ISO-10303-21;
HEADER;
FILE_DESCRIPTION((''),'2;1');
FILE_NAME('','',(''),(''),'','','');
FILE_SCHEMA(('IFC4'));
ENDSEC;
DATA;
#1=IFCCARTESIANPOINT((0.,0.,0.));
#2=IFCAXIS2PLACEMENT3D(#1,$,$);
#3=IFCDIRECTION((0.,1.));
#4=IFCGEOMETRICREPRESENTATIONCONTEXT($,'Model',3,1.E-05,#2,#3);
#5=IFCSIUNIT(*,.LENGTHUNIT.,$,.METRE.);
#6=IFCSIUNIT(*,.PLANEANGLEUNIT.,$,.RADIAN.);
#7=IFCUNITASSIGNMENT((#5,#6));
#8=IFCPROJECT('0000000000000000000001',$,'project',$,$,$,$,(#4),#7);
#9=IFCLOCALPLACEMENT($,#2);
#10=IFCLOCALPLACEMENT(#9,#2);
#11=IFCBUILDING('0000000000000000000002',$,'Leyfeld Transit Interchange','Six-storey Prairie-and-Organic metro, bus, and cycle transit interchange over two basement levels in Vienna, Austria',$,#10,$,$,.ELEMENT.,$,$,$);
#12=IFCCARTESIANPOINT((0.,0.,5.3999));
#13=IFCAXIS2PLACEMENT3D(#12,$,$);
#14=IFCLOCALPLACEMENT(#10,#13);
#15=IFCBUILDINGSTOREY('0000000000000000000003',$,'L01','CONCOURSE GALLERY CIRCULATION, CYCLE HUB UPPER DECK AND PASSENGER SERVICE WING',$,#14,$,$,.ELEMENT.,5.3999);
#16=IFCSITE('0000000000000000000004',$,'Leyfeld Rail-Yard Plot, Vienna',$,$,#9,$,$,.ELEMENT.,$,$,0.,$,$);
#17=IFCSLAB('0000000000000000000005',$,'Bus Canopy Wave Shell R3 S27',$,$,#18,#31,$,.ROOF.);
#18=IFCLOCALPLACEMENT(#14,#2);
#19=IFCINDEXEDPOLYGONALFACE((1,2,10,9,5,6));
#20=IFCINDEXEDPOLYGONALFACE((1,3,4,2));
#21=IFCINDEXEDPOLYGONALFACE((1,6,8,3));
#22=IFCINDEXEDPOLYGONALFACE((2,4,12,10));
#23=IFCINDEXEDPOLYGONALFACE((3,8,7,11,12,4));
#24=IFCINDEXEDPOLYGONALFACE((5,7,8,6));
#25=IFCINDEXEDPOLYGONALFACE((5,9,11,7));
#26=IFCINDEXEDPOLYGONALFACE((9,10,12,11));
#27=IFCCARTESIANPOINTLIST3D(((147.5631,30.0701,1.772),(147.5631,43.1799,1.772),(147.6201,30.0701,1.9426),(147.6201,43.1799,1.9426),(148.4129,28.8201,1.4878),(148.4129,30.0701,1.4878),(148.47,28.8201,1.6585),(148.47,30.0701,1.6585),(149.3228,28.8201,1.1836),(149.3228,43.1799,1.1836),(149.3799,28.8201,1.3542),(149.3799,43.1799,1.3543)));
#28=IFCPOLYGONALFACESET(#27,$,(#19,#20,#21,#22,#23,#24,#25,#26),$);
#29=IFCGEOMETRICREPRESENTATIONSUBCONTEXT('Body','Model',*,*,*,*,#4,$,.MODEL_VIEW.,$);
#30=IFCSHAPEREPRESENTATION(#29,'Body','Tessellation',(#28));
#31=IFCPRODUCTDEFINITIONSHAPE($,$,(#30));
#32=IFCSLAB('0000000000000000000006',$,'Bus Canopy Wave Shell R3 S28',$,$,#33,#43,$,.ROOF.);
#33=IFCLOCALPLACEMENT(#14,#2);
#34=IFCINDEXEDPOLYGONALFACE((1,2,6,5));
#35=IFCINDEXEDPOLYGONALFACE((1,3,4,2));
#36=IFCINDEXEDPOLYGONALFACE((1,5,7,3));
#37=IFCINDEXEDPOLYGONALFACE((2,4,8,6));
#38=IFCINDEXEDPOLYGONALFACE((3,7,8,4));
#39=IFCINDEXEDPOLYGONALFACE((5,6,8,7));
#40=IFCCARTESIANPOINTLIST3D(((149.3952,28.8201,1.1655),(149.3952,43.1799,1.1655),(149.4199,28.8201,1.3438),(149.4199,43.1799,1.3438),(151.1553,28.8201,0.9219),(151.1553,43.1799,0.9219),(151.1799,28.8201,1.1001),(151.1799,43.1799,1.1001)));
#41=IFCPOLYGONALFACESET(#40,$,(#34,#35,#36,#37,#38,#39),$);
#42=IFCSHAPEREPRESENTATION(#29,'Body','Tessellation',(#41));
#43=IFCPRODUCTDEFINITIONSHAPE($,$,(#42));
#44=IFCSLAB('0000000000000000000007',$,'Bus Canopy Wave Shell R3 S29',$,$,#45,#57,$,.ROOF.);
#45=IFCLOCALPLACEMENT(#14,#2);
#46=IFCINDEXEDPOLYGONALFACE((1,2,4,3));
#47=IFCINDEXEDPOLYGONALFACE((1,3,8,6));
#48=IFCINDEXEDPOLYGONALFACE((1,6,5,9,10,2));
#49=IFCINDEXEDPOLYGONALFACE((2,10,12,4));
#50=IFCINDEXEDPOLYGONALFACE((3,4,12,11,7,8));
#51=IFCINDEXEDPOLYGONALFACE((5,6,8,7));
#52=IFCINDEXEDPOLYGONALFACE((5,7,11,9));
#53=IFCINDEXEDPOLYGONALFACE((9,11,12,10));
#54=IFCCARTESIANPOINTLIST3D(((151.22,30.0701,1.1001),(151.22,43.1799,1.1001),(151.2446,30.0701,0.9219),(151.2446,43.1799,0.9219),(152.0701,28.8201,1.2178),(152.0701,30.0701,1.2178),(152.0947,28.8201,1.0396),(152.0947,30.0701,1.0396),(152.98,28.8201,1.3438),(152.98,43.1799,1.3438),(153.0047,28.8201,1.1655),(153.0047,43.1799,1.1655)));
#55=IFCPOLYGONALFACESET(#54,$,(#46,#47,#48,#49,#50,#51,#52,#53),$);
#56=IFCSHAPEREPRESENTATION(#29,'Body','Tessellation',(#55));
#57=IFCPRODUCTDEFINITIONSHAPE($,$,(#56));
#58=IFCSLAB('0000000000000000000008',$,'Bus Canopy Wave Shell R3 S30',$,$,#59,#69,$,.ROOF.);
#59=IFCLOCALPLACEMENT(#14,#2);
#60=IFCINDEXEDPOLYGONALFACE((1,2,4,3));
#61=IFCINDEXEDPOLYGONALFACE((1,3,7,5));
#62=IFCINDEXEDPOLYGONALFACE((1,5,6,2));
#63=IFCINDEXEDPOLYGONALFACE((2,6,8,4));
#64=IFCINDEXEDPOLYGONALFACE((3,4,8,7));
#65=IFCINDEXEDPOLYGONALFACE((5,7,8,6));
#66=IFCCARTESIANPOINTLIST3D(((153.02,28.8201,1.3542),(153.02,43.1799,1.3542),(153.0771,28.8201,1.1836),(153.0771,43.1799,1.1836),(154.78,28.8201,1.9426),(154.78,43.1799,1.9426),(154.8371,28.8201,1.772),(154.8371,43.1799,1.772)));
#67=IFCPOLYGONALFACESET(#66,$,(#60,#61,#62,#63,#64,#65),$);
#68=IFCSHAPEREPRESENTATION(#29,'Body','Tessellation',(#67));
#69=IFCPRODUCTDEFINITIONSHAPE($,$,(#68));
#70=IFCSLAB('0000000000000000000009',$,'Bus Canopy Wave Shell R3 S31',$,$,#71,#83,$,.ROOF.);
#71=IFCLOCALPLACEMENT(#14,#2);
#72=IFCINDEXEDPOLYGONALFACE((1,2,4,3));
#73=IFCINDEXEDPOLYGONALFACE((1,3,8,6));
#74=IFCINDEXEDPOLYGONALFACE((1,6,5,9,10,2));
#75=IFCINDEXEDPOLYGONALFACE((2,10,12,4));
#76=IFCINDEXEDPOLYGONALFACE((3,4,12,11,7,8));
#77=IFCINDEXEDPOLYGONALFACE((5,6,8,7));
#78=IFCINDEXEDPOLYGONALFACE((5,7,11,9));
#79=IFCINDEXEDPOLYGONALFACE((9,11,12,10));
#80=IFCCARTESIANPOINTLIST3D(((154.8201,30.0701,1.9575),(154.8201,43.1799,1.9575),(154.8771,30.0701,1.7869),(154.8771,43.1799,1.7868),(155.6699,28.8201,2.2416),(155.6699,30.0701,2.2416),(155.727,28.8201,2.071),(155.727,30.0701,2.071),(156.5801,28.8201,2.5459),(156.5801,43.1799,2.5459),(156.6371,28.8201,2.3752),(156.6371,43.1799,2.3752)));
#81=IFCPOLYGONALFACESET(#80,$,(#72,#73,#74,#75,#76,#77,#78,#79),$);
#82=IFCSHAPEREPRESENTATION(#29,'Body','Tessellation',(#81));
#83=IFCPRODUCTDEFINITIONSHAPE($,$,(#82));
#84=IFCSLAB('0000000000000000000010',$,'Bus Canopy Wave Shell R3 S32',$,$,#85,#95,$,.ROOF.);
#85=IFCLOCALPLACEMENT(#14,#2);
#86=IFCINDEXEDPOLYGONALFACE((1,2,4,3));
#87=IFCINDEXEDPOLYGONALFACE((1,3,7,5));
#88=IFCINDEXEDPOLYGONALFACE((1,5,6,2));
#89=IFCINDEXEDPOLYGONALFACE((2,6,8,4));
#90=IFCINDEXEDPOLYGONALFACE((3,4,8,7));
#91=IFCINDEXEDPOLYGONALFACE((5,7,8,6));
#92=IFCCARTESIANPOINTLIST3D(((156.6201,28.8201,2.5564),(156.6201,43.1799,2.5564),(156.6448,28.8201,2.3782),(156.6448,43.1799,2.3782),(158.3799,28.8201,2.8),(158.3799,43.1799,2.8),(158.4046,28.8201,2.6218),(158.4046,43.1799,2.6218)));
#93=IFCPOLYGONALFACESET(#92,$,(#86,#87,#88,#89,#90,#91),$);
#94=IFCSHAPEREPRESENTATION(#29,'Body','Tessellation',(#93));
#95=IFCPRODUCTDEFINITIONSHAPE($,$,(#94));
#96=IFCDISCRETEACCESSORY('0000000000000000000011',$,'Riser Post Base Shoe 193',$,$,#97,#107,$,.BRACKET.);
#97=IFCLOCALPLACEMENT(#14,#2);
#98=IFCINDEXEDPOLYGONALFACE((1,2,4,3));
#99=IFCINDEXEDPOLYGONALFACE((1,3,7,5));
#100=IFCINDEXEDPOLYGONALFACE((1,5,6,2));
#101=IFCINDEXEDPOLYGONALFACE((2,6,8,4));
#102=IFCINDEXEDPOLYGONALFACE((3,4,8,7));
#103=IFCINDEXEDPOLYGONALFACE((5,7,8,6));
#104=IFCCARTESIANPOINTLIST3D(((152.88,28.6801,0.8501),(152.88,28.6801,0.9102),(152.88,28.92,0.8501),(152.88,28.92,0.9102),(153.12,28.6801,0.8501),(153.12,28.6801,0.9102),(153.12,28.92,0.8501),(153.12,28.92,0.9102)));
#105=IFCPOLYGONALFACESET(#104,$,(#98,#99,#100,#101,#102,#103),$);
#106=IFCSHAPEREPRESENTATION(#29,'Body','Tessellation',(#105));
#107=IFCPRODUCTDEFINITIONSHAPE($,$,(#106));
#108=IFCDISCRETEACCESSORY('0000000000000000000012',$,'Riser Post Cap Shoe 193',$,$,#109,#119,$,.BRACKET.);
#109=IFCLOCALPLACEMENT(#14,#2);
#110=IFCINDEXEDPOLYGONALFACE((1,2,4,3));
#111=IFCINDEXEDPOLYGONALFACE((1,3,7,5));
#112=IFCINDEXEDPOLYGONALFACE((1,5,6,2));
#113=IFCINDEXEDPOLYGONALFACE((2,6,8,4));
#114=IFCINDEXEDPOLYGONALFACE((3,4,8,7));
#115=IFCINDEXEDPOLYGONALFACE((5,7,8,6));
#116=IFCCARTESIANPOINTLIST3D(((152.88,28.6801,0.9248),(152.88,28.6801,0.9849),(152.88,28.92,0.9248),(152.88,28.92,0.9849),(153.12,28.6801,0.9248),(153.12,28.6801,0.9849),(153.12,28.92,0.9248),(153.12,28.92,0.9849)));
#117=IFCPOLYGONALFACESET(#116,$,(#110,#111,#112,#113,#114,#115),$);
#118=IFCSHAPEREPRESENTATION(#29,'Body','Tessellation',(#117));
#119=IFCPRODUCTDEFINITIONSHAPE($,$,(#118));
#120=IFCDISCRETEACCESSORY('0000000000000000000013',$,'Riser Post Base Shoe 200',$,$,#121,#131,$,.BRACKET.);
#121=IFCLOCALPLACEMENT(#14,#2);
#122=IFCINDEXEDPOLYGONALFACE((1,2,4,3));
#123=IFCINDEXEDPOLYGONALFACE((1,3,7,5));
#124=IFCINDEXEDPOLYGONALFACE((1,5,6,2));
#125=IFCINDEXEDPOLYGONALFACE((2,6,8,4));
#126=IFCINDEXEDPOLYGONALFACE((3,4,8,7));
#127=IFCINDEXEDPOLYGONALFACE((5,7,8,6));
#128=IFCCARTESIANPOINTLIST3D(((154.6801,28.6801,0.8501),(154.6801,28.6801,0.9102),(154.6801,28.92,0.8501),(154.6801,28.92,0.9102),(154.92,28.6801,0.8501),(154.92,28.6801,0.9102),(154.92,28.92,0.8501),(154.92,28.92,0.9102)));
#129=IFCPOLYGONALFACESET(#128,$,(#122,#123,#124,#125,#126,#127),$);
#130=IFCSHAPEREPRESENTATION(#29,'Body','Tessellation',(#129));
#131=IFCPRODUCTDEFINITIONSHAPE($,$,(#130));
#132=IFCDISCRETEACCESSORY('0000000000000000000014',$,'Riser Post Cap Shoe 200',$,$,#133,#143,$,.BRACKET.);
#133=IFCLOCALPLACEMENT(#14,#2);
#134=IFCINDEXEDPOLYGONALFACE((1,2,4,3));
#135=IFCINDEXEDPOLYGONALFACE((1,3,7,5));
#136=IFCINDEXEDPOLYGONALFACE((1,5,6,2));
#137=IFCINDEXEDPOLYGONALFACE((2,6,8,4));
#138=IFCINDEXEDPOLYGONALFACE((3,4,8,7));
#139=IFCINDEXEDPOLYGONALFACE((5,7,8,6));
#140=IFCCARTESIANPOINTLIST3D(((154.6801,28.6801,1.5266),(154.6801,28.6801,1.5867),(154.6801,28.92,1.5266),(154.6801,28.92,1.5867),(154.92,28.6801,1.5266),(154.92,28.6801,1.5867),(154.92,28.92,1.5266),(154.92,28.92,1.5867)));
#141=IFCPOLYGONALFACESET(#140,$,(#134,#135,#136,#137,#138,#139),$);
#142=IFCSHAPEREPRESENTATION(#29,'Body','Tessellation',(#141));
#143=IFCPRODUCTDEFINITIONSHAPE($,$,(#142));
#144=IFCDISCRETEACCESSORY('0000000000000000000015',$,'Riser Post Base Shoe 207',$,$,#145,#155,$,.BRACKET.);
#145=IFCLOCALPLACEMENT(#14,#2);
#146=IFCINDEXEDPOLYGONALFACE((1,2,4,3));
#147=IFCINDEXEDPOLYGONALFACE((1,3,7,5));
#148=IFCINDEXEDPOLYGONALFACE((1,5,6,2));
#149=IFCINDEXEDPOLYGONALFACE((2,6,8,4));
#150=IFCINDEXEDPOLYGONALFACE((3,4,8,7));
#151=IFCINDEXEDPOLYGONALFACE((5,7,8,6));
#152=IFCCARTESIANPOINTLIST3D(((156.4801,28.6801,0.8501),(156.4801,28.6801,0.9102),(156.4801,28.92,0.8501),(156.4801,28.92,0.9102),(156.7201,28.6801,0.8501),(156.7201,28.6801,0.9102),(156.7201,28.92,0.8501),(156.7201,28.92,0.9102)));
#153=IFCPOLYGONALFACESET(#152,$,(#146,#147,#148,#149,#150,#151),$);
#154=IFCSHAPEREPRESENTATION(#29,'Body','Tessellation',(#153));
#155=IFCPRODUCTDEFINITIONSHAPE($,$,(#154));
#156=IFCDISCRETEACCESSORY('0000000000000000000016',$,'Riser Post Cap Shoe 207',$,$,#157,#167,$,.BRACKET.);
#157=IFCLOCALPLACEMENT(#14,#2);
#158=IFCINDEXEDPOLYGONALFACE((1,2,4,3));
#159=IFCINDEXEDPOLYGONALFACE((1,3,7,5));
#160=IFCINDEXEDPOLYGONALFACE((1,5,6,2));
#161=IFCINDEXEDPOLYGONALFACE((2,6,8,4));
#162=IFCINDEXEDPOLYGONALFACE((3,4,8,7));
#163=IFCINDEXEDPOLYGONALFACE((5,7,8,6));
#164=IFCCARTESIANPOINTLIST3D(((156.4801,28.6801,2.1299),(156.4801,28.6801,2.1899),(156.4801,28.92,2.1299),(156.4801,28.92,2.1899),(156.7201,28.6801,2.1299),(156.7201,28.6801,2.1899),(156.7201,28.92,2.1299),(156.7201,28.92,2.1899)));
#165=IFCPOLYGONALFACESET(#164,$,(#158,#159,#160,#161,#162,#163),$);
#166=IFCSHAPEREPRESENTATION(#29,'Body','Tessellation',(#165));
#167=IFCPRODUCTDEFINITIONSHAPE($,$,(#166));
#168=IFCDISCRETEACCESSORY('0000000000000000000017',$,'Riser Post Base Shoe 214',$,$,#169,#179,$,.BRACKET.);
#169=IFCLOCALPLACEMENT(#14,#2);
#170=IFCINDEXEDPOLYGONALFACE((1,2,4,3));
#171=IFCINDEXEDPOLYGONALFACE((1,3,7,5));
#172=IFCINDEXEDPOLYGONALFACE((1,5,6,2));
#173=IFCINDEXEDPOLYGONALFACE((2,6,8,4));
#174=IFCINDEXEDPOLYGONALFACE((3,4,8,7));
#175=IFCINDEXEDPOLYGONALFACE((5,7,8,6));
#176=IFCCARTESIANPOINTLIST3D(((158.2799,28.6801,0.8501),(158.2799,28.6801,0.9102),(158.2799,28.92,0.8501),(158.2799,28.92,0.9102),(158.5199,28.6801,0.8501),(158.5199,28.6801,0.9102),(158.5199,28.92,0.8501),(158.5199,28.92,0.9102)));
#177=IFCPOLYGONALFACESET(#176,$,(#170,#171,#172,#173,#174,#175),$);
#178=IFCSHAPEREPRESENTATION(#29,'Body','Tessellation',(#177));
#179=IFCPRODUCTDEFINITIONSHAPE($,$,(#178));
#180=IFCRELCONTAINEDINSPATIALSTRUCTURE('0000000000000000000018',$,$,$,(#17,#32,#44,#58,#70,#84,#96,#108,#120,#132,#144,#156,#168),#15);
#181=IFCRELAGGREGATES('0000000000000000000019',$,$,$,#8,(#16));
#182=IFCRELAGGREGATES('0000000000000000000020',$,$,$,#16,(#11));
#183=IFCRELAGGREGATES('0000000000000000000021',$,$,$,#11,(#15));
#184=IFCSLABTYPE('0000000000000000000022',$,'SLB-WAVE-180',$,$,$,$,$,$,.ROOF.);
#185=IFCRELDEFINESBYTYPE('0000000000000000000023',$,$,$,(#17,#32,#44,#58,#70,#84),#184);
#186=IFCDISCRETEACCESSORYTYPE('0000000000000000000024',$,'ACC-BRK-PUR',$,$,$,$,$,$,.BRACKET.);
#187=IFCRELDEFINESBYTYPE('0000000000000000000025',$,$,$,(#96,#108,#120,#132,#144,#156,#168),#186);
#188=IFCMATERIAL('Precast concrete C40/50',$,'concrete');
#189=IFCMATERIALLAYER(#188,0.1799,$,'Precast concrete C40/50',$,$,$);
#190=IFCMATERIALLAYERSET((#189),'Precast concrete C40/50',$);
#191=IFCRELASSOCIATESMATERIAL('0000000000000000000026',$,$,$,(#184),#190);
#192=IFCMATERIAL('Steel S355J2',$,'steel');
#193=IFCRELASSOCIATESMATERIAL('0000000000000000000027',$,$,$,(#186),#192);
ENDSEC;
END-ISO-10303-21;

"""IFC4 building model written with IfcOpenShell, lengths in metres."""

from ifc_helpers import new_model, si_unit, direction, frame, origin, origin_2d, place, context, subcontext, project, spatial, polyline, rectangle, outline, extrude, material, layer, layer_set, type_object, element, save


model = new_model("IFC4")

# Units and contexts
model_context = context("Model", 3, precision=1e-05, world=origin(), true_north=direction((0.0, 1.0)))
body_context = subcontext(model_context, "Body", "Model", "MODEL_VIEW")
ifc_project = project(units=[si_unit("LENGTHUNIT", "METRE"), si_unit("PLANEANGLEUNIT", "RADIAN")], contexts=[model_context])

# Site, building, storey
site_placement = place(None, origin())
site = spatial("IfcSite", under=ifc_project, at=site_placement, Name="Leyfeld Rail-Yard Plot, Vienna", CompositionType="ELEMENT", RefElevation=0.0)
building_placement = place(site_placement, origin())
building = spatial("IfcBuilding", under=site, at=building_placement, Name="Leyfeld Transit Interchange", Description="Six-storey Prairie-and-Organic metro, bus, and cycle transit interchange over two basement levels in Vienna, Austria", CompositionType="ELEMENT")
storey_placement = place(building_placement, frame((0.0, 0.0, 5.3999)))
storey = spatial("IfcBuildingStorey", under=building, at=storey_placement, Name="L01", Description="CONCOURSE GALLERY CIRCULATION, CYCLE HUB UPPER DECK AND PASSENGER SERVICE WING", CompositionType="ELEMENT", Elevation=5.3999)

# Shared definitions
ifc_material_1 = material(Name="Steel S355J2", Category="steel")

# Slabs
ifc_material_2 = material(Name="Precast concrete C40/50", Category="concrete")
ifc_layer = layer(ifc_material_2, 0.1799, Name="Precast concrete C40/50")
ifc_layer_set = layer_set([ifc_layer], Name="Precast concrete C40/50")
slab_type = type_object("IfcSlabType", Name="SLB-WAVE-180", PredefinedType="ROOF", material=ifc_layer_set)
slab_1_placement = place(storey_placement, frame((147.6201, 30.0701, 1.9426), z_axis=(0.317095, -0.000001, 0.948394), x_axis=(0.948394, 0.0, -0.317095)))
element("IfcSlab", 1, at=slab_1_placement, inside=storey, type_object=slab_type, Name="Bus Canopy Wave Shell R3 S27", PredefinedType="ROOF", context=body_context, shape_type="SweptSolid", body=[
    extrude(outline(polyline([(0.0, 0.0), (0.8961, 0.0), (0.8961, -1.25), (1.8555, -1.25), (1.8555, 13.1099), (0.0, 13.1099), (0.0, 0.0)])), origin(), (0.0, 0.0, -1.0), 0.1799),
])
slab_2_placement = place(storey_placement, frame((149.4199, 28.8201, 1.3438), z_axis=(0.13713, 0.0, 0.990553), x_axis=(0.990553, 0.0, -0.13713)))
element("IfcSlab", 2, at=slab_2_placement, inside=storey, type_object=slab_type, Name="Bus Canopy Wave Shell R3 S28", PredefinedType="ROOF", context=body_context, shape_type="SweptSolid", body=[
    extrude(outline(polyline([(0.0, 0.0), (1.7768, 0.0), (1.7768, 14.3599), (0.0, 14.3599), (0.0, 0.0)])), origin(), (0.0, 0.0, -1.0), 0.1799),
])
slab_3_placement = place(storey_placement, frame((151.22, 30.0701, 1.1001), z_axis=(-0.137131, 0.0, 0.990553), x_axis=(0.990553, 0.0, 0.137131)))
element("IfcSlab", 3, at=slab_3_placement, inside=storey, type_object=slab_type, Name="Bus Canopy Wave Shell R3 S29", PredefinedType="ROOF", context=body_context, shape_type="SweptSolid", body=[
    extrude(outline(polyline([(0.0, 0.0), (0.8582, 0.0), (0.8582, -1.25), (1.7768, -1.25), (1.7768, 13.1099), (0.0, 13.1099), (0.0, 0.0)])), origin(), (0.0, 0.0, -1.0), 0.1799),
])
slab_4_placement = place(storey_placement, frame((153.02, 28.8201, 1.3542), z_axis=(-0.317056, 0.0, 0.948407), x_axis=(0.948407, 0.0, 0.317056)))
element("IfcSlab", 4, at=slab_4_placement, inside=storey, type_object=slab_type, Name="Bus Canopy Wave Shell R3 S30", PredefinedType="ROOF", context=body_context, shape_type="SweptSolid", body=[
    extrude(outline(polyline([(0.0, 0.0), (1.8558, 0.0), (1.8558, 14.3599), (0.0, 14.3599), (0.0, 0.0)])), origin(), (0.0, 0.0, -1.0), 0.1799),
])
slab_5_placement = place(storey_placement, frame((154.8201, 30.0701, 1.9575), z_axis=(-0.317053, 0.000002, 0.948408), x_axis=(0.948408, 0.0, 0.317053)))
element("IfcSlab", 5, at=slab_5_placement, inside=storey, type_object=slab_type, Name="Bus Canopy Wave Shell R3 S31", PredefinedType="ROOF", context=body_context, shape_type="SweptSolid", body=[
    extrude(outline(polyline([(0.0, 0.0), (0.8961, 0.0), (0.8961, -1.25), (1.8558, -1.25), (1.8558, 13.1099), (0.0, 13.1099), (0.0, 0.0)])), origin(), (0.0, 0.0, -1.0), 0.1799),
])
slab_6_placement = place(storey_placement, frame((156.6201, 28.8201, 2.5564), z_axis=(-0.137149, 0.0, 0.99055), x_axis=(0.99055, 0.0, 0.137149)))
element("IfcSlab", 6, at=slab_6_placement, inside=storey, type_object=slab_type, Name="Bus Canopy Wave Shell R3 S32", PredefinedType="ROOF", context=body_context, shape_type="SweptSolid", body=[
    extrude(outline(polyline([(0.0, 0.0), (1.7766, 0.0), (1.7766, 14.3599), (0.0, 14.3599), (0.0, 0.0)])), origin(), (0.0, 0.0, -1.0), 0.1799),
])

# Discrete accessories
discrete_accessory_type = type_object("IfcDiscreteAccessoryType", Name="ACC-BRK-PUR", PredefinedType="BRACKET", material=ifc_material_1)
for number, where, z_axis, x_axis, name in (
    (7, (153.0, 28.8, 0.8501), (0.0, 0.0, 1.0), (1.0, 0.0, 0.0), "Riser Post Base Shoe 193"),
    (8, (153.0, 28.8, 0.9248), (0.0, 0.0, 1.0), (1.0, 0.0, 0.0), "Riser Post Cap Shoe 193"),
    (9, (154.8, 28.8, 0.8501), (0.0, 0.0, 1.0), (1.0, 0.0, 0.0), "Riser Post Base Shoe 200"),
    (10, (154.8, 28.8, 1.5266), (0.0, 0.0, 1.0), (1.0, 0.0, 0.0), "Riser Post Cap Shoe 200"),
    (11, (156.6001, 28.8, 0.8501), (0.0, 0.0, 1.0), (1.0, 0.0, 0.0), "Riser Post Base Shoe 207"),
    (12, (156.6001, 28.8, 2.1299), (0.0, 0.0, 1.0), (1.0, 0.0, 0.0), "Riser Post Cap Shoe 207"),
    (13, (158.3999, 28.8, 0.8501), (0.0, 0.0, 1.0), (1.0, 0.0, 0.0), "Riser Post Base Shoe 214"),
):
    element("IfcDiscreteAccessory", number, at=place(storey_placement, frame(where, z_axis=z_axis, x_axis=x_axis)), inside=storey, type_object=discrete_accessory_type, Name=name, PredefinedType="BRACKET", context=body_context, shape_type="SweptSolid", body=[
        extrude(rectangle(XDim=0.24, YDim=0.24, at=origin_2d()), origin(), (0.0, 0.0, 1.0), 0.0601),
    ])

save(model, "model.ifc")
